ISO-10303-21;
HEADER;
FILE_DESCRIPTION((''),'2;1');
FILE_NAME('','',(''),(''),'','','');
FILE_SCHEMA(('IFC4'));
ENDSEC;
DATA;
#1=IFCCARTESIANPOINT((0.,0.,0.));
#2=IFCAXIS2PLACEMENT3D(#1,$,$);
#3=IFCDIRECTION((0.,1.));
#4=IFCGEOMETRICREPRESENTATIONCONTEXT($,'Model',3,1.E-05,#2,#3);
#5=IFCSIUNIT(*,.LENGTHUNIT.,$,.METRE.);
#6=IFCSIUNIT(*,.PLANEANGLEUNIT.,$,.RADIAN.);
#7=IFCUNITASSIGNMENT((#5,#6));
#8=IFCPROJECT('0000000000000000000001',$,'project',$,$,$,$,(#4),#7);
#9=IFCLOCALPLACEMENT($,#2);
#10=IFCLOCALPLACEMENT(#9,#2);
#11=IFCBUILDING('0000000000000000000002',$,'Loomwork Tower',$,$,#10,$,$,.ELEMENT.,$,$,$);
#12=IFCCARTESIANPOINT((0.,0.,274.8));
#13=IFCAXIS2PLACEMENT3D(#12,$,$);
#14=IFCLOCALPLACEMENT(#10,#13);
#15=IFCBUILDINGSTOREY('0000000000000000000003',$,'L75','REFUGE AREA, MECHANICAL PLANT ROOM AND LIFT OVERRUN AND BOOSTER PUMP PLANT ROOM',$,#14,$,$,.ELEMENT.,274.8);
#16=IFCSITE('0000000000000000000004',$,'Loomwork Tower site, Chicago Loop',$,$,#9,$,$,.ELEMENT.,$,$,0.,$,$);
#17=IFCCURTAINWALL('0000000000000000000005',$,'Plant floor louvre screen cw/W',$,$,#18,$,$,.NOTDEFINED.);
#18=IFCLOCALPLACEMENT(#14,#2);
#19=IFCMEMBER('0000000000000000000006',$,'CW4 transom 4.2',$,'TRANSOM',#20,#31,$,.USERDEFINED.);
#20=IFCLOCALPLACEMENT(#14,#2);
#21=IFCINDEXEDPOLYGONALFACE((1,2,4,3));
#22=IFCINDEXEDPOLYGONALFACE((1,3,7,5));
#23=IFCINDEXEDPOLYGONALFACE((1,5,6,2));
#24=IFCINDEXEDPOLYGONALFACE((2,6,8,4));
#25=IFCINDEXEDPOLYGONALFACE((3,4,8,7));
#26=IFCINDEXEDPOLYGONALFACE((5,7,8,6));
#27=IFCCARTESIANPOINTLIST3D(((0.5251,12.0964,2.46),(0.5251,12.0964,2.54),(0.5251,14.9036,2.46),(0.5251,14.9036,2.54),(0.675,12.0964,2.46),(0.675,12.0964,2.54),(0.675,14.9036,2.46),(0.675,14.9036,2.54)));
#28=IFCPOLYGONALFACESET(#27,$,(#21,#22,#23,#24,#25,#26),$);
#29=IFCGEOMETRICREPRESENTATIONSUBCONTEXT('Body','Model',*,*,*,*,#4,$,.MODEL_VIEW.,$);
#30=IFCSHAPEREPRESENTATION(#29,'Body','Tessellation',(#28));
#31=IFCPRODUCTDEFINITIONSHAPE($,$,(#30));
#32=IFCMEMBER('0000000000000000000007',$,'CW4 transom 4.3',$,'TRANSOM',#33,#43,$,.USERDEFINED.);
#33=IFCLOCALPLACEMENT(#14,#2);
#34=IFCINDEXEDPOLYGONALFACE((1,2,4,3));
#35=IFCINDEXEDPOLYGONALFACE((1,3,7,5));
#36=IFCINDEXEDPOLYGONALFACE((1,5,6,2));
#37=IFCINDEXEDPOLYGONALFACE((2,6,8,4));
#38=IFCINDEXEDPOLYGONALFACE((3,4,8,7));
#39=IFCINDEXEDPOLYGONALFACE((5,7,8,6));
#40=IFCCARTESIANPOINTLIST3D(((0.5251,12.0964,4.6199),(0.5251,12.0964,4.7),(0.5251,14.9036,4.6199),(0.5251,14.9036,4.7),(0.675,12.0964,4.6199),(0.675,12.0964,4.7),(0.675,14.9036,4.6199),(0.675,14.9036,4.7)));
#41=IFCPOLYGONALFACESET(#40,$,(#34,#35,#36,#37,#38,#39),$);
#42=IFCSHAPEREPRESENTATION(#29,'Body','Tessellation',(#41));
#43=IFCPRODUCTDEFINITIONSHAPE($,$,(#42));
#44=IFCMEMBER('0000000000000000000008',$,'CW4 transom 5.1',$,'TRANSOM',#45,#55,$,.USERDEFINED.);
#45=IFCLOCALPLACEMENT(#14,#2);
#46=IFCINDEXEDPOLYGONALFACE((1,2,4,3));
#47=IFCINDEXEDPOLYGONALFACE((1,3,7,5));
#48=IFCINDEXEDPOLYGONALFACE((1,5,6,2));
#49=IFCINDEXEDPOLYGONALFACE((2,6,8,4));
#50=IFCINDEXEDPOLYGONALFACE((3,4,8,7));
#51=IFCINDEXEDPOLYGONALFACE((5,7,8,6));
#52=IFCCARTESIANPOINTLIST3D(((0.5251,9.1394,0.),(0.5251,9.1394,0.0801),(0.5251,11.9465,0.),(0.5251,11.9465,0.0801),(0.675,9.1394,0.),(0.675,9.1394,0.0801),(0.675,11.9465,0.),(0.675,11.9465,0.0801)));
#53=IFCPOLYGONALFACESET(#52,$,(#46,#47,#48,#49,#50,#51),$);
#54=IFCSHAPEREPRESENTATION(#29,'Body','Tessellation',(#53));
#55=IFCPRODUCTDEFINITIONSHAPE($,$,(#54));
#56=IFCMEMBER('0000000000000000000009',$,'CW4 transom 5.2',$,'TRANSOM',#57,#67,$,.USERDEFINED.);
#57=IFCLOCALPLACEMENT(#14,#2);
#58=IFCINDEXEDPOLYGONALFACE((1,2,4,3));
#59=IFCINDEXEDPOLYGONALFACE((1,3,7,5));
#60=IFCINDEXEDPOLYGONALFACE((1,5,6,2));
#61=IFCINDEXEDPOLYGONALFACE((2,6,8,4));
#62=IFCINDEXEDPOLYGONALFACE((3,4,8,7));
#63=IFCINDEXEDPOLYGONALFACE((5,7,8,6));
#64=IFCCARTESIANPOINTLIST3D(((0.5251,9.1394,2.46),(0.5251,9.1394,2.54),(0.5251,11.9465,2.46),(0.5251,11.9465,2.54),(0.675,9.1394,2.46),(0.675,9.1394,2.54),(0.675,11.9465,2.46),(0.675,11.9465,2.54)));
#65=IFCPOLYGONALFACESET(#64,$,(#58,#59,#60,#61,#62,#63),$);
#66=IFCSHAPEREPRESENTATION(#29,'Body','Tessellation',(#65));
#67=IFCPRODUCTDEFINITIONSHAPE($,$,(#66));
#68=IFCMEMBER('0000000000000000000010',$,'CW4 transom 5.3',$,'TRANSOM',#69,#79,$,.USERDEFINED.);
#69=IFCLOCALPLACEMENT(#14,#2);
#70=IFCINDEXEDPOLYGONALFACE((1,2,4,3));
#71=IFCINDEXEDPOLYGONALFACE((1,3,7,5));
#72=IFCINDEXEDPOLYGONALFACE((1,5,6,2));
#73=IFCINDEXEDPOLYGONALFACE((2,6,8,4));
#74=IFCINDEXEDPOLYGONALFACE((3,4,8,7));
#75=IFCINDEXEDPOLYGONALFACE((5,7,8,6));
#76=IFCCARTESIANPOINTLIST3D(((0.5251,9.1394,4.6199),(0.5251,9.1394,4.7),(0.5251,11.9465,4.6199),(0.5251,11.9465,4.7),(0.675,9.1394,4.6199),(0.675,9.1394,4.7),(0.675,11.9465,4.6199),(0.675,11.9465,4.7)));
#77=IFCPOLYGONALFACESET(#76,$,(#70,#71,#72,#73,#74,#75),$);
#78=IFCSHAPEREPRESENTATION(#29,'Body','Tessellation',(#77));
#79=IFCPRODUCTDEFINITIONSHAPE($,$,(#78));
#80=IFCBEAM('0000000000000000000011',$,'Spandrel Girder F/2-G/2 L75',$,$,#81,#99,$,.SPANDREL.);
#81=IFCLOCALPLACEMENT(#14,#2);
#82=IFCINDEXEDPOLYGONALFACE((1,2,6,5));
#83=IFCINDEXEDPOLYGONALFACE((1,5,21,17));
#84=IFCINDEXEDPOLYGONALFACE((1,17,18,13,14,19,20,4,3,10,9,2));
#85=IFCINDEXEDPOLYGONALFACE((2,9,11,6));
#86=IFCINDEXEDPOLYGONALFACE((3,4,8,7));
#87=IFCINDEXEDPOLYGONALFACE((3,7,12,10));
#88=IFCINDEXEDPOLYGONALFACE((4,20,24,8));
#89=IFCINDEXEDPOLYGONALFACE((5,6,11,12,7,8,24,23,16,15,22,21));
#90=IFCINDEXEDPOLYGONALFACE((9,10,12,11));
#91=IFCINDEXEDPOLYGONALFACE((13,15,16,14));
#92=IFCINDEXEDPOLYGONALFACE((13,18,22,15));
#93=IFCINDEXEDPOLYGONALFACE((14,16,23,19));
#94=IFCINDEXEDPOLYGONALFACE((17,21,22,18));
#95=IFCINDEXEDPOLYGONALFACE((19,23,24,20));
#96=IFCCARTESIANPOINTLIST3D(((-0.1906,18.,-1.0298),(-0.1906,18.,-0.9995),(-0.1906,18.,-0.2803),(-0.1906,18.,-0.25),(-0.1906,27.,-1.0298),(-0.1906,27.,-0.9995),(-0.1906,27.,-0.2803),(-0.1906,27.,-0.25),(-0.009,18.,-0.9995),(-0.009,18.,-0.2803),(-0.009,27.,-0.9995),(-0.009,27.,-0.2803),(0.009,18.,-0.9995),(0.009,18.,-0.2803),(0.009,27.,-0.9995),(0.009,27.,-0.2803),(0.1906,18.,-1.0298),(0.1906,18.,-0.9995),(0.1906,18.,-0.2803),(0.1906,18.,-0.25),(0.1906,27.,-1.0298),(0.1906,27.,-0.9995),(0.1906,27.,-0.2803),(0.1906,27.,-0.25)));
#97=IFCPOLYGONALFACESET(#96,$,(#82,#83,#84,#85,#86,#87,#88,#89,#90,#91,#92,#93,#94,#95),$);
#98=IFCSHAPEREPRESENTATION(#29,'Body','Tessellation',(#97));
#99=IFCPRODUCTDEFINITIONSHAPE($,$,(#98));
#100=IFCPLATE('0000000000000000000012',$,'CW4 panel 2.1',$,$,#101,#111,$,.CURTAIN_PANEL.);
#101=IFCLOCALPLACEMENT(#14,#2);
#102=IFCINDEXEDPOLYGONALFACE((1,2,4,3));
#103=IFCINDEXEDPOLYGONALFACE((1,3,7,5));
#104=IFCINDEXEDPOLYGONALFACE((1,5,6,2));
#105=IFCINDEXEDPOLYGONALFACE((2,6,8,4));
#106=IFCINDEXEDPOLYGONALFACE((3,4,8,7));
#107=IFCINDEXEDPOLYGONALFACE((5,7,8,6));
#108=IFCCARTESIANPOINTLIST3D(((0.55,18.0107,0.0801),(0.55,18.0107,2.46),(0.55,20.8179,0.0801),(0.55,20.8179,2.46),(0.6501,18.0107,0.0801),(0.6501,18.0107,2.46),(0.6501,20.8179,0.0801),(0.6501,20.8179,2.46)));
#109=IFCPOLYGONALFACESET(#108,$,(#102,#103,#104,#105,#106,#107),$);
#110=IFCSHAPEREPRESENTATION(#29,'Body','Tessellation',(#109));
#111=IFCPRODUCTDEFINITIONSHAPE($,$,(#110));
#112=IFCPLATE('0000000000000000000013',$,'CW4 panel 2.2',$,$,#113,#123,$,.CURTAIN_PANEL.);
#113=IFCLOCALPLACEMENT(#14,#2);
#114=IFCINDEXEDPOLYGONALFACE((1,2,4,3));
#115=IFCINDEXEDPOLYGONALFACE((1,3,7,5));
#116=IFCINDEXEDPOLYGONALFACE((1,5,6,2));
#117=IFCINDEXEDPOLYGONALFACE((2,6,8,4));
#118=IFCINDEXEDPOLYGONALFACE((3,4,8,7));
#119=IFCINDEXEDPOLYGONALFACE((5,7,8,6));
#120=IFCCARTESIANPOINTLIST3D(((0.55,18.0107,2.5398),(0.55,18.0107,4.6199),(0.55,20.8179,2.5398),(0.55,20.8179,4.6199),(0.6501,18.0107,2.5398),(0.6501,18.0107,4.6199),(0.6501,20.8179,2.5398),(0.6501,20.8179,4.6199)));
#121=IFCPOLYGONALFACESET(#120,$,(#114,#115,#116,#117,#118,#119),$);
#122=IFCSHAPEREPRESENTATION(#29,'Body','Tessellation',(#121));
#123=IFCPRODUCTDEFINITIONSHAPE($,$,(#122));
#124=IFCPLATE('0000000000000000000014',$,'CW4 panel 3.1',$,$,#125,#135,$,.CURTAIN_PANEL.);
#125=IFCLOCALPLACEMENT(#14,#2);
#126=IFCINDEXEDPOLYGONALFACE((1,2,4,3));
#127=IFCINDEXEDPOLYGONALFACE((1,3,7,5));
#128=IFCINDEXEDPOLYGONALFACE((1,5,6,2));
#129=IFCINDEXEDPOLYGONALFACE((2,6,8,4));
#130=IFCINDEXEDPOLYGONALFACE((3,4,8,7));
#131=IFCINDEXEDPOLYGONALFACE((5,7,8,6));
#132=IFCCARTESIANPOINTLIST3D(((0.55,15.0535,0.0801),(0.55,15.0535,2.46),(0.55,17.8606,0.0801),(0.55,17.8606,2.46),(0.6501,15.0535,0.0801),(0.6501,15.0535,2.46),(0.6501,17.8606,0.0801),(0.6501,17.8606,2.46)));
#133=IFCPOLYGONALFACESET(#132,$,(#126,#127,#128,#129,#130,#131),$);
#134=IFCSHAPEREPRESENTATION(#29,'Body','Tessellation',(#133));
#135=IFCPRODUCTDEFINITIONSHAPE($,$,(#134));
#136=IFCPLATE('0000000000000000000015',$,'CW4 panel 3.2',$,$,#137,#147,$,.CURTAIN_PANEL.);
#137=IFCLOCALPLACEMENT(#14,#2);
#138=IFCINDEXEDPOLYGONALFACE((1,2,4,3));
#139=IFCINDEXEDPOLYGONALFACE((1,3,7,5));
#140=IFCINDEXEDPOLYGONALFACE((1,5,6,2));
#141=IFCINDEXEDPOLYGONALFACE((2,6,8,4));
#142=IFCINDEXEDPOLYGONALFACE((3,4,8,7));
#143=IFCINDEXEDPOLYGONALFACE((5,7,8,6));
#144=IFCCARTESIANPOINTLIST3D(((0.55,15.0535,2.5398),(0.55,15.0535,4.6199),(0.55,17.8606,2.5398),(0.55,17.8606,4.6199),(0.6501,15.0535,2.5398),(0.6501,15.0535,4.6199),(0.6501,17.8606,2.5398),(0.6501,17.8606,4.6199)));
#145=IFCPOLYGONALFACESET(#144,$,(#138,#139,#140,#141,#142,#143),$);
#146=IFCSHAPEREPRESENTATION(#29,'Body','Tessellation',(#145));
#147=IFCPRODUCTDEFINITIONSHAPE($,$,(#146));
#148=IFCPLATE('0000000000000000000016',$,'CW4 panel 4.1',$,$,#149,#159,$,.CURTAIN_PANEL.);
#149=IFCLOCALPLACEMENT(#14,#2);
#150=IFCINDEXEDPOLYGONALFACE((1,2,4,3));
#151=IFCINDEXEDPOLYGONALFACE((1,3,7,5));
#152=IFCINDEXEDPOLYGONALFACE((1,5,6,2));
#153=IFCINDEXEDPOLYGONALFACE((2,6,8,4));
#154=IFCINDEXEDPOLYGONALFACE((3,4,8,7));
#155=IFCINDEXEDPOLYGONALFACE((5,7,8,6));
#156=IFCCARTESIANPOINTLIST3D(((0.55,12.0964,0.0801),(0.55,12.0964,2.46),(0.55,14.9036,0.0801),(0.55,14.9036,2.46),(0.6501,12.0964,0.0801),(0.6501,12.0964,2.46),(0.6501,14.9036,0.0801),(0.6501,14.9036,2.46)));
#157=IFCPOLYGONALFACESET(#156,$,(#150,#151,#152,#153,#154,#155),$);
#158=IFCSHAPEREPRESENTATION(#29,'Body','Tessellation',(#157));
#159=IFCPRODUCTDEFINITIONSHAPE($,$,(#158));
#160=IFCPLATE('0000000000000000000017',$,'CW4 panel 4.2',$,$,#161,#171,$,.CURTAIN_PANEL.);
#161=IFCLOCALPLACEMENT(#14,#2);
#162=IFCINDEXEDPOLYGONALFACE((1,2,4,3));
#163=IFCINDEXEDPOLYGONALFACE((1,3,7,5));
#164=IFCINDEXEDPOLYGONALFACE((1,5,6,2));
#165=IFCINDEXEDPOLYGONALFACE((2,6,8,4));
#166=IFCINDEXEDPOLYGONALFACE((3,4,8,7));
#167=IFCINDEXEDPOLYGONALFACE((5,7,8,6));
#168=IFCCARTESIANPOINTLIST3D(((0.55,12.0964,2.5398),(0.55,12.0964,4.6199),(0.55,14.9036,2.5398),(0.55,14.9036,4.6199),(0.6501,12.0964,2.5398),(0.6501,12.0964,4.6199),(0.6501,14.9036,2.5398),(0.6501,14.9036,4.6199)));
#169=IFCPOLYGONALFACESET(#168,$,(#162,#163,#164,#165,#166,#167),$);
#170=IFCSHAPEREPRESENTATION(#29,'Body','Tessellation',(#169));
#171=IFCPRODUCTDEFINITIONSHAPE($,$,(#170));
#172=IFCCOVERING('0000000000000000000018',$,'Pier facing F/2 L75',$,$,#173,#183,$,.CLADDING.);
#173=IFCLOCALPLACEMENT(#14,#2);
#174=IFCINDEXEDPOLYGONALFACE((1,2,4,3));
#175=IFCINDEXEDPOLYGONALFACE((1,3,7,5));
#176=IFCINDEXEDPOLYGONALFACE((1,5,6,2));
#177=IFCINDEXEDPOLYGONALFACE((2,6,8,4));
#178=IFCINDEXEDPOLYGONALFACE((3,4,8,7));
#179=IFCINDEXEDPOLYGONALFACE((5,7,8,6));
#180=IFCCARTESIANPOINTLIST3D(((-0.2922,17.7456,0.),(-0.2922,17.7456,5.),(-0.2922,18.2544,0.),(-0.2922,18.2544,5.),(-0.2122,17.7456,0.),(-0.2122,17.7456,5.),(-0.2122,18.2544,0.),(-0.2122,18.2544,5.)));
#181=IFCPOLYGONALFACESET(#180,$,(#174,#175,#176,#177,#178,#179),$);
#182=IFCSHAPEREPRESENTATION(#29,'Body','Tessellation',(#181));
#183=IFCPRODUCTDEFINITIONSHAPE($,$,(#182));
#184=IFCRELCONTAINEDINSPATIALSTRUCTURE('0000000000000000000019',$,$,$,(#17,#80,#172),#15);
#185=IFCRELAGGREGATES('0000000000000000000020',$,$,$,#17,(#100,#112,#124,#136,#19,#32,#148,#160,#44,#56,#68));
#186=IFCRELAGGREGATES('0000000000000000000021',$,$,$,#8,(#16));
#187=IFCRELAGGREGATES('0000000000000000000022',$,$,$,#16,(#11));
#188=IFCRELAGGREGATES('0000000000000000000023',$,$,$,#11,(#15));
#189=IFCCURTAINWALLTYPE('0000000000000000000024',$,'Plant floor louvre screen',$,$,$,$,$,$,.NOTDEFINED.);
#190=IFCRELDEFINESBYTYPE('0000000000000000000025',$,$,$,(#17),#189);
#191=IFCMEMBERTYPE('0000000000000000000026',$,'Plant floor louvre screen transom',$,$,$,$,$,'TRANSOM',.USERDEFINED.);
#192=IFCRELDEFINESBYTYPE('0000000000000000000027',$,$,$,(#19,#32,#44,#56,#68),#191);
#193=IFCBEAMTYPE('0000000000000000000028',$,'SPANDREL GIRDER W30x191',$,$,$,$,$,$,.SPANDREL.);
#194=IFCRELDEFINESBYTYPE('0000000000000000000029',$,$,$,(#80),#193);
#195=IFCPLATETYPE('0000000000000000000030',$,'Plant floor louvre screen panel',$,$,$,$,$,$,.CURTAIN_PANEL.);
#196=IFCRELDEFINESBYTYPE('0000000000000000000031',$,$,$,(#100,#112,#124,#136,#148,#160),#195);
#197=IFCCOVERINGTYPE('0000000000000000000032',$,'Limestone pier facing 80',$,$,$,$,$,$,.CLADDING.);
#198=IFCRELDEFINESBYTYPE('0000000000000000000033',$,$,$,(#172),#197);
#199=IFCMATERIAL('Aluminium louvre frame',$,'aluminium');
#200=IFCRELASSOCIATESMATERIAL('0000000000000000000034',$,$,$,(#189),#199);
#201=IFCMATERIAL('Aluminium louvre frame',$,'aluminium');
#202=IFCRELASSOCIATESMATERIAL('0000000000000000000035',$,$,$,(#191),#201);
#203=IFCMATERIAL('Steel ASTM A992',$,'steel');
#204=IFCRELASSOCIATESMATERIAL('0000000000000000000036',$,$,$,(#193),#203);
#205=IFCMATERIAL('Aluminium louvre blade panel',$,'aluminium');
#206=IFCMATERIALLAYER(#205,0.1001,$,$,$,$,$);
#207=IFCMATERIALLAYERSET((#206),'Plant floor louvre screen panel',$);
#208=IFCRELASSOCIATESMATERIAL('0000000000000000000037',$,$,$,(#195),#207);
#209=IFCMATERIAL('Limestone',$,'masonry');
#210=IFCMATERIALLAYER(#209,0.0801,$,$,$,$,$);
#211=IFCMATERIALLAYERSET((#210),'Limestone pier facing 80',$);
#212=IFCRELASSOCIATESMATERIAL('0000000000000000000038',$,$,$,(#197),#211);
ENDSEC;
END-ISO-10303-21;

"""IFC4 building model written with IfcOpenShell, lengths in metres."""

from ifc_helpers import new_model, si_unit, direction, frame, origin, origin_2d, place, context, subcontext, project, spatial, rectangle, i_section, extrude, material, layer, layer_set, material_profile, profile_set, type_object, element, aggregate, save


model = new_model("IFC4")

# Units and contexts
model_context = context("Model", 3, precision=1e-05, world=origin(), true_north=direction((0.0, 1.0)))
body_context = subcontext(model_context, "Body", "Model", "MODEL_VIEW")
ifc_project = project(units=[si_unit("LENGTHUNIT", "METRE"), si_unit("PLANEANGLEUNIT", "RADIAN")], contexts=[model_context])

# Site, building, storey
site_placement = place(None, origin())
site = spatial("IfcSite", under=ifc_project, at=site_placement, Name="Loomwork Tower site, Chicago Loop", CompositionType="ELEMENT", RefElevation=0.0)
building_placement = place(site_placement, origin())
building = spatial("IfcBuilding", under=site, at=building_placement, Name="Loomwork Tower", CompositionType="ELEMENT")
storey_placement = place(building_placement, frame((0.0, 0.0, 274.8)))
storey = spatial("IfcBuildingStorey", under=building, at=storey_placement, Name="L75", Description="REFUGE AREA, MECHANICAL PLANT ROOM AND LIFT OVERRUN AND BOOSTER PUMP PLANT ROOM", CompositionType="ELEMENT", Elevation=274.8)

# Curtain wall, members
ifc_material_1 = material(Name="Aluminium louvre frame", Category="aluminium")
curtain_wall_type = type_object("IfcCurtainWallType", Name="Plant floor louvre screen", PredefinedType="NOTDEFINED", material=ifc_material_1)
curtain_wall_placement = place(storey_placement, origin())
curtain_wall = element("IfcCurtainWall", 1, at=curtain_wall_placement, inside=storey, type_object=curtain_wall_type, Name="Plant floor louvre screen cw/W", PredefinedType="NOTDEFINED")
ifc_material_2 = material(Name="Aluminium louvre frame", Category="aluminium")
ifc_material_profile_1 = material_profile(ifc_material_2, rectangle(XDim=0.1499, YDim=0.0801, at=origin_2d()), Name="AL 80x150")
ifc_profile_set_1 = profile_set([ifc_material_profile_1], Name="Aluminium louvre frame")
member_type_1 = type_object("IfcMemberType", Name="Plant floor louvre screen transom", ElementType="TRANSOM", PredefinedType="USERDEFINED", material=ifc_profile_set_1)
member_1_placement = place(storey_placement, frame((0.6001, 14.9036, 2.5), z_axis=(0.0, -1.0, 0.0), x_axis=(1.0, 0.0, 0.0)))
member_1 = element("IfcMember", 2, at=member_1_placement, type_object=member_type_1, Name="CW4 transom 4.2", ObjectType="TRANSOM", PredefinedType="USERDEFINED", context=body_context, shape_type="SweptSolid", body=[
    extrude(rectangle(XDim=0.1499, YDim=0.0801, at=origin_2d()), origin(), (0.0, 0.0, 1.0), 2.8071),
])
member_2_placement = place(storey_placement, frame((0.6001, 14.9036, 4.6599), z_axis=(0.0, -1.0, 0.0), x_axis=(1.0, 0.0, 0.0)))
member_2 = element("IfcMember", 3, at=member_2_placement, type_object=member_type_1, Name="CW4 transom 4.3", ObjectType="TRANSOM", PredefinedType="USERDEFINED", context=body_context, shape_type="SweptSolid", body=[
    extrude(rectangle(XDim=0.1499, YDim=0.0801, at=origin_2d()), origin(), (0.0, 0.0, 1.0), 2.8071),
])
member_3_placement = place(storey_placement, frame((0.6001, 11.9465, 0.04), z_axis=(0.0, -1.0, 0.0), x_axis=(1.0, 0.0, 0.0)))
member_3 = element("IfcMember", 4, at=member_3_placement, type_object=member_type_1, Name="CW4 transom 5.1", ObjectType="TRANSOM", PredefinedType="USERDEFINED", context=body_context, shape_type="SweptSolid", body=[
    extrude(rectangle(XDim=0.1499, YDim=0.0801, at=origin_2d()), origin(), (0.0, 0.0, 1.0), 2.8071),
])
member_4_placement = place(storey_placement, frame((0.6001, 11.9465, 2.5), z_axis=(0.0, -1.0, 0.0), x_axis=(1.0, 0.0, 0.0)))
member_4 = element("IfcMember", 5, at=member_4_placement, type_object=member_type_1, Name="CW4 transom 5.2", ObjectType="TRANSOM", PredefinedType="USERDEFINED", context=body_context, shape_type="SweptSolid", body=[
    extrude(rectangle(XDim=0.1499, YDim=0.0801, at=origin_2d()), origin(), (0.0, 0.0, 1.0), 2.8071),
])
member_5_placement = place(storey_placement, frame((0.6001, 11.9465, 4.6599), z_axis=(0.0, -1.0, 0.0), x_axis=(1.0, 0.0, 0.0)))
member_5 = element("IfcMember", 6, at=member_5_placement, type_object=member_type_1, Name="CW4 transom 5.3", ObjectType="TRANSOM", PredefinedType="USERDEFINED", context=body_context, shape_type="SweptSolid", body=[
    extrude(rectangle(XDim=0.1499, YDim=0.0801, at=origin_2d()), origin(), (0.0, 0.0, 1.0), 2.8071),
])

# Beam
ifc_material_3 = material(Name="Steel ASTM A992", Category="steel")
ifc_material_profile_2 = material_profile(ifc_material_3, i_section(OverallWidth=0.3811, OverallDepth=0.7798, WebThickness=0.0181, FlangeThickness=0.0303, at=origin_2d()), Name="W30x191")
ifc_profile_set_2 = profile_set([ifc_material_profile_2], Name="Steel ASTM A992")
beam_type_1 = type_object("IfcBeamType", Name="SPANDREL GIRDER W30x191", PredefinedType="SPANDREL", material=ifc_profile_set_2)
beam_1_placement = place(storey_placement, frame((0.0, 18.0, -0.6399), z_axis=(0.0, 1.0, 0.0), x_axis=(-1.0, 0.0, 0.0)))
element("IfcBeam", 7, at=beam_1_placement, inside=storey, type_object=beam_type_1, Name="Spandrel Girder F/2-G/2 L75", PredefinedType="SPANDREL", context=body_context, shape_type="SweptSolid", body=[
    extrude(i_section(OverallWidth=0.3811, OverallDepth=0.7798, WebThickness=0.0181, FlangeThickness=0.0303, at=origin_2d()), origin(), (0.0, 0.0, 1.0), 9.0),
])

# Plates
ifc_material_4 = material(Name="Aluminium louvre blade panel", Category="aluminium")
ifc_layer_1 = layer(ifc_material_4, 0.1001)
ifc_layer_set_1 = layer_set([ifc_layer_1], Name="Plant floor louvre screen panel")
plate_type = type_object("IfcPlateType", Name="Plant floor louvre screen panel", PredefinedType="CURTAIN_PANEL", material=ifc_layer_set_1)
plate_1_placement = place(storey_placement, frame((0.6001, 19.4143, 0.0801), z_axis=(0.0, 0.0, 1.0), x_axis=(0.0, -1.0, 0.0)))
plate_1 = element("IfcPlate", 8, at=plate_1_placement, type_object=plate_type, Name="CW4 panel 2.1", PredefinedType="CURTAIN_PANEL", context=body_context, shape_type="SweptSolid", body=[
    extrude(rectangle(XDim=2.8071, YDim=0.1001, at=origin_2d()), origin(), (0.0, 0.0, 1.0), 2.3799),
])
plate_2_placement = place(storey_placement, frame((0.6001, 19.4143, 2.5398), z_axis=(0.0, 0.0, 1.0), x_axis=(0.0, -1.0, 0.0)))
plate_2 = element("IfcPlate", 9, at=plate_2_placement, type_object=plate_type, Name="CW4 panel 2.2", PredefinedType="CURTAIN_PANEL", context=body_context, shape_type="SweptSolid", body=[
    extrude(rectangle(XDim=2.8071, YDim=0.1001, at=origin_2d()), origin(), (0.0, 0.0, 1.0), 2.0801),
])
plate_3_placement = place(storey_placement, frame((0.6001, 16.457, 0.0801), z_axis=(0.0, 0.0, 1.0), x_axis=(0.0, -1.0, 0.0)))
plate_3 = element("IfcPlate", 10, at=plate_3_placement, type_object=plate_type, Name="CW4 panel 3.1", PredefinedType="CURTAIN_PANEL", context=body_context, shape_type="SweptSolid", body=[
    extrude(rectangle(XDim=2.8071, YDim=0.1001, at=origin_2d()), origin(), (0.0, 0.0, 1.0), 2.3799),
])
plate_4_placement = place(storey_placement, frame((0.6001, 16.457, 2.5398), z_axis=(0.0, 0.0, 1.0), x_axis=(0.0, -1.0, 0.0)))
plate_4 = element("IfcPlate", 11, at=plate_4_placement, type_object=plate_type, Name="CW4 panel 3.2", PredefinedType="CURTAIN_PANEL", context=body_context, shape_type="SweptSolid", body=[
    extrude(rectangle(XDim=2.8071, YDim=0.1001, at=origin_2d()), origin(), (0.0, 0.0, 1.0), 2.0801),
])
plate_5_placement = place(storey_placement, frame((0.6001, 13.5, 0.0801), z_axis=(0.0, 0.0, 1.0), x_axis=(0.0, -1.0, 0.0)))
plate_5 = element("IfcPlate", 12, at=plate_5_placement, type_object=plate_type, Name="CW4 panel 4.1", PredefinedType="CURTAIN_PANEL", context=body_context, shape_type="SweptSolid", body=[
    extrude(rectangle(XDim=2.8071, YDim=0.1001, at=origin_2d()), origin(), (0.0, 0.0, 1.0), 2.3799),
])
plate_6_placement = place(storey_placement, frame((0.6001, 13.5, 2.5398), z_axis=(0.0, 0.0, 1.0), x_axis=(0.0, -1.0, 0.0)))
plate_6 = element("IfcPlate", 13, at=plate_6_placement, type_object=plate_type, Name="CW4 panel 4.2", PredefinedType="CURTAIN_PANEL", context=body_context, shape_type="SweptSolid", body=[
    extrude(rectangle(XDim=2.8071, YDim=0.1001, at=origin_2d()), origin(), (0.0, 0.0, 1.0), 2.0801),
])
aggregate(curtain_wall, [plate_1, plate_2, plate_3, plate_4, member_1, member_2, plate_5, plate_6, member_3, member_4, member_5])

# Covering
ifc_material_5 = material(Name="Limestone", Category="masonry")
ifc_layer_2 = layer(ifc_material_5, 0.0801)
ifc_layer_set_2 = layer_set([ifc_layer_2], Name="Limestone pier facing 80")
covering_type = type_object("IfcCoveringType", Name="Limestone pier facing 80", PredefinedType="CLADDING", material=ifc_layer_set_2)
covering_placement = place(storey_placement, frame((-0.2522, 18.0, 0.0), z_axis=(0.0, 0.0, 1.0), x_axis=(1.0, 0.0, 0.0)))
element("IfcCovering", 14, at=covering_placement, inside=storey, type_object=covering_type, Name="Pier facing F/2 L75", PredefinedType="CLADDING", context=body_context, shape_type="SweptSolid", body=[
    extrude(rectangle(XDim=0.0801, YDim=0.5088, at=origin_2d()), origin(), (0.0, 0.0, 1.0), 5.0),
])

save(model, "model.ifc")
